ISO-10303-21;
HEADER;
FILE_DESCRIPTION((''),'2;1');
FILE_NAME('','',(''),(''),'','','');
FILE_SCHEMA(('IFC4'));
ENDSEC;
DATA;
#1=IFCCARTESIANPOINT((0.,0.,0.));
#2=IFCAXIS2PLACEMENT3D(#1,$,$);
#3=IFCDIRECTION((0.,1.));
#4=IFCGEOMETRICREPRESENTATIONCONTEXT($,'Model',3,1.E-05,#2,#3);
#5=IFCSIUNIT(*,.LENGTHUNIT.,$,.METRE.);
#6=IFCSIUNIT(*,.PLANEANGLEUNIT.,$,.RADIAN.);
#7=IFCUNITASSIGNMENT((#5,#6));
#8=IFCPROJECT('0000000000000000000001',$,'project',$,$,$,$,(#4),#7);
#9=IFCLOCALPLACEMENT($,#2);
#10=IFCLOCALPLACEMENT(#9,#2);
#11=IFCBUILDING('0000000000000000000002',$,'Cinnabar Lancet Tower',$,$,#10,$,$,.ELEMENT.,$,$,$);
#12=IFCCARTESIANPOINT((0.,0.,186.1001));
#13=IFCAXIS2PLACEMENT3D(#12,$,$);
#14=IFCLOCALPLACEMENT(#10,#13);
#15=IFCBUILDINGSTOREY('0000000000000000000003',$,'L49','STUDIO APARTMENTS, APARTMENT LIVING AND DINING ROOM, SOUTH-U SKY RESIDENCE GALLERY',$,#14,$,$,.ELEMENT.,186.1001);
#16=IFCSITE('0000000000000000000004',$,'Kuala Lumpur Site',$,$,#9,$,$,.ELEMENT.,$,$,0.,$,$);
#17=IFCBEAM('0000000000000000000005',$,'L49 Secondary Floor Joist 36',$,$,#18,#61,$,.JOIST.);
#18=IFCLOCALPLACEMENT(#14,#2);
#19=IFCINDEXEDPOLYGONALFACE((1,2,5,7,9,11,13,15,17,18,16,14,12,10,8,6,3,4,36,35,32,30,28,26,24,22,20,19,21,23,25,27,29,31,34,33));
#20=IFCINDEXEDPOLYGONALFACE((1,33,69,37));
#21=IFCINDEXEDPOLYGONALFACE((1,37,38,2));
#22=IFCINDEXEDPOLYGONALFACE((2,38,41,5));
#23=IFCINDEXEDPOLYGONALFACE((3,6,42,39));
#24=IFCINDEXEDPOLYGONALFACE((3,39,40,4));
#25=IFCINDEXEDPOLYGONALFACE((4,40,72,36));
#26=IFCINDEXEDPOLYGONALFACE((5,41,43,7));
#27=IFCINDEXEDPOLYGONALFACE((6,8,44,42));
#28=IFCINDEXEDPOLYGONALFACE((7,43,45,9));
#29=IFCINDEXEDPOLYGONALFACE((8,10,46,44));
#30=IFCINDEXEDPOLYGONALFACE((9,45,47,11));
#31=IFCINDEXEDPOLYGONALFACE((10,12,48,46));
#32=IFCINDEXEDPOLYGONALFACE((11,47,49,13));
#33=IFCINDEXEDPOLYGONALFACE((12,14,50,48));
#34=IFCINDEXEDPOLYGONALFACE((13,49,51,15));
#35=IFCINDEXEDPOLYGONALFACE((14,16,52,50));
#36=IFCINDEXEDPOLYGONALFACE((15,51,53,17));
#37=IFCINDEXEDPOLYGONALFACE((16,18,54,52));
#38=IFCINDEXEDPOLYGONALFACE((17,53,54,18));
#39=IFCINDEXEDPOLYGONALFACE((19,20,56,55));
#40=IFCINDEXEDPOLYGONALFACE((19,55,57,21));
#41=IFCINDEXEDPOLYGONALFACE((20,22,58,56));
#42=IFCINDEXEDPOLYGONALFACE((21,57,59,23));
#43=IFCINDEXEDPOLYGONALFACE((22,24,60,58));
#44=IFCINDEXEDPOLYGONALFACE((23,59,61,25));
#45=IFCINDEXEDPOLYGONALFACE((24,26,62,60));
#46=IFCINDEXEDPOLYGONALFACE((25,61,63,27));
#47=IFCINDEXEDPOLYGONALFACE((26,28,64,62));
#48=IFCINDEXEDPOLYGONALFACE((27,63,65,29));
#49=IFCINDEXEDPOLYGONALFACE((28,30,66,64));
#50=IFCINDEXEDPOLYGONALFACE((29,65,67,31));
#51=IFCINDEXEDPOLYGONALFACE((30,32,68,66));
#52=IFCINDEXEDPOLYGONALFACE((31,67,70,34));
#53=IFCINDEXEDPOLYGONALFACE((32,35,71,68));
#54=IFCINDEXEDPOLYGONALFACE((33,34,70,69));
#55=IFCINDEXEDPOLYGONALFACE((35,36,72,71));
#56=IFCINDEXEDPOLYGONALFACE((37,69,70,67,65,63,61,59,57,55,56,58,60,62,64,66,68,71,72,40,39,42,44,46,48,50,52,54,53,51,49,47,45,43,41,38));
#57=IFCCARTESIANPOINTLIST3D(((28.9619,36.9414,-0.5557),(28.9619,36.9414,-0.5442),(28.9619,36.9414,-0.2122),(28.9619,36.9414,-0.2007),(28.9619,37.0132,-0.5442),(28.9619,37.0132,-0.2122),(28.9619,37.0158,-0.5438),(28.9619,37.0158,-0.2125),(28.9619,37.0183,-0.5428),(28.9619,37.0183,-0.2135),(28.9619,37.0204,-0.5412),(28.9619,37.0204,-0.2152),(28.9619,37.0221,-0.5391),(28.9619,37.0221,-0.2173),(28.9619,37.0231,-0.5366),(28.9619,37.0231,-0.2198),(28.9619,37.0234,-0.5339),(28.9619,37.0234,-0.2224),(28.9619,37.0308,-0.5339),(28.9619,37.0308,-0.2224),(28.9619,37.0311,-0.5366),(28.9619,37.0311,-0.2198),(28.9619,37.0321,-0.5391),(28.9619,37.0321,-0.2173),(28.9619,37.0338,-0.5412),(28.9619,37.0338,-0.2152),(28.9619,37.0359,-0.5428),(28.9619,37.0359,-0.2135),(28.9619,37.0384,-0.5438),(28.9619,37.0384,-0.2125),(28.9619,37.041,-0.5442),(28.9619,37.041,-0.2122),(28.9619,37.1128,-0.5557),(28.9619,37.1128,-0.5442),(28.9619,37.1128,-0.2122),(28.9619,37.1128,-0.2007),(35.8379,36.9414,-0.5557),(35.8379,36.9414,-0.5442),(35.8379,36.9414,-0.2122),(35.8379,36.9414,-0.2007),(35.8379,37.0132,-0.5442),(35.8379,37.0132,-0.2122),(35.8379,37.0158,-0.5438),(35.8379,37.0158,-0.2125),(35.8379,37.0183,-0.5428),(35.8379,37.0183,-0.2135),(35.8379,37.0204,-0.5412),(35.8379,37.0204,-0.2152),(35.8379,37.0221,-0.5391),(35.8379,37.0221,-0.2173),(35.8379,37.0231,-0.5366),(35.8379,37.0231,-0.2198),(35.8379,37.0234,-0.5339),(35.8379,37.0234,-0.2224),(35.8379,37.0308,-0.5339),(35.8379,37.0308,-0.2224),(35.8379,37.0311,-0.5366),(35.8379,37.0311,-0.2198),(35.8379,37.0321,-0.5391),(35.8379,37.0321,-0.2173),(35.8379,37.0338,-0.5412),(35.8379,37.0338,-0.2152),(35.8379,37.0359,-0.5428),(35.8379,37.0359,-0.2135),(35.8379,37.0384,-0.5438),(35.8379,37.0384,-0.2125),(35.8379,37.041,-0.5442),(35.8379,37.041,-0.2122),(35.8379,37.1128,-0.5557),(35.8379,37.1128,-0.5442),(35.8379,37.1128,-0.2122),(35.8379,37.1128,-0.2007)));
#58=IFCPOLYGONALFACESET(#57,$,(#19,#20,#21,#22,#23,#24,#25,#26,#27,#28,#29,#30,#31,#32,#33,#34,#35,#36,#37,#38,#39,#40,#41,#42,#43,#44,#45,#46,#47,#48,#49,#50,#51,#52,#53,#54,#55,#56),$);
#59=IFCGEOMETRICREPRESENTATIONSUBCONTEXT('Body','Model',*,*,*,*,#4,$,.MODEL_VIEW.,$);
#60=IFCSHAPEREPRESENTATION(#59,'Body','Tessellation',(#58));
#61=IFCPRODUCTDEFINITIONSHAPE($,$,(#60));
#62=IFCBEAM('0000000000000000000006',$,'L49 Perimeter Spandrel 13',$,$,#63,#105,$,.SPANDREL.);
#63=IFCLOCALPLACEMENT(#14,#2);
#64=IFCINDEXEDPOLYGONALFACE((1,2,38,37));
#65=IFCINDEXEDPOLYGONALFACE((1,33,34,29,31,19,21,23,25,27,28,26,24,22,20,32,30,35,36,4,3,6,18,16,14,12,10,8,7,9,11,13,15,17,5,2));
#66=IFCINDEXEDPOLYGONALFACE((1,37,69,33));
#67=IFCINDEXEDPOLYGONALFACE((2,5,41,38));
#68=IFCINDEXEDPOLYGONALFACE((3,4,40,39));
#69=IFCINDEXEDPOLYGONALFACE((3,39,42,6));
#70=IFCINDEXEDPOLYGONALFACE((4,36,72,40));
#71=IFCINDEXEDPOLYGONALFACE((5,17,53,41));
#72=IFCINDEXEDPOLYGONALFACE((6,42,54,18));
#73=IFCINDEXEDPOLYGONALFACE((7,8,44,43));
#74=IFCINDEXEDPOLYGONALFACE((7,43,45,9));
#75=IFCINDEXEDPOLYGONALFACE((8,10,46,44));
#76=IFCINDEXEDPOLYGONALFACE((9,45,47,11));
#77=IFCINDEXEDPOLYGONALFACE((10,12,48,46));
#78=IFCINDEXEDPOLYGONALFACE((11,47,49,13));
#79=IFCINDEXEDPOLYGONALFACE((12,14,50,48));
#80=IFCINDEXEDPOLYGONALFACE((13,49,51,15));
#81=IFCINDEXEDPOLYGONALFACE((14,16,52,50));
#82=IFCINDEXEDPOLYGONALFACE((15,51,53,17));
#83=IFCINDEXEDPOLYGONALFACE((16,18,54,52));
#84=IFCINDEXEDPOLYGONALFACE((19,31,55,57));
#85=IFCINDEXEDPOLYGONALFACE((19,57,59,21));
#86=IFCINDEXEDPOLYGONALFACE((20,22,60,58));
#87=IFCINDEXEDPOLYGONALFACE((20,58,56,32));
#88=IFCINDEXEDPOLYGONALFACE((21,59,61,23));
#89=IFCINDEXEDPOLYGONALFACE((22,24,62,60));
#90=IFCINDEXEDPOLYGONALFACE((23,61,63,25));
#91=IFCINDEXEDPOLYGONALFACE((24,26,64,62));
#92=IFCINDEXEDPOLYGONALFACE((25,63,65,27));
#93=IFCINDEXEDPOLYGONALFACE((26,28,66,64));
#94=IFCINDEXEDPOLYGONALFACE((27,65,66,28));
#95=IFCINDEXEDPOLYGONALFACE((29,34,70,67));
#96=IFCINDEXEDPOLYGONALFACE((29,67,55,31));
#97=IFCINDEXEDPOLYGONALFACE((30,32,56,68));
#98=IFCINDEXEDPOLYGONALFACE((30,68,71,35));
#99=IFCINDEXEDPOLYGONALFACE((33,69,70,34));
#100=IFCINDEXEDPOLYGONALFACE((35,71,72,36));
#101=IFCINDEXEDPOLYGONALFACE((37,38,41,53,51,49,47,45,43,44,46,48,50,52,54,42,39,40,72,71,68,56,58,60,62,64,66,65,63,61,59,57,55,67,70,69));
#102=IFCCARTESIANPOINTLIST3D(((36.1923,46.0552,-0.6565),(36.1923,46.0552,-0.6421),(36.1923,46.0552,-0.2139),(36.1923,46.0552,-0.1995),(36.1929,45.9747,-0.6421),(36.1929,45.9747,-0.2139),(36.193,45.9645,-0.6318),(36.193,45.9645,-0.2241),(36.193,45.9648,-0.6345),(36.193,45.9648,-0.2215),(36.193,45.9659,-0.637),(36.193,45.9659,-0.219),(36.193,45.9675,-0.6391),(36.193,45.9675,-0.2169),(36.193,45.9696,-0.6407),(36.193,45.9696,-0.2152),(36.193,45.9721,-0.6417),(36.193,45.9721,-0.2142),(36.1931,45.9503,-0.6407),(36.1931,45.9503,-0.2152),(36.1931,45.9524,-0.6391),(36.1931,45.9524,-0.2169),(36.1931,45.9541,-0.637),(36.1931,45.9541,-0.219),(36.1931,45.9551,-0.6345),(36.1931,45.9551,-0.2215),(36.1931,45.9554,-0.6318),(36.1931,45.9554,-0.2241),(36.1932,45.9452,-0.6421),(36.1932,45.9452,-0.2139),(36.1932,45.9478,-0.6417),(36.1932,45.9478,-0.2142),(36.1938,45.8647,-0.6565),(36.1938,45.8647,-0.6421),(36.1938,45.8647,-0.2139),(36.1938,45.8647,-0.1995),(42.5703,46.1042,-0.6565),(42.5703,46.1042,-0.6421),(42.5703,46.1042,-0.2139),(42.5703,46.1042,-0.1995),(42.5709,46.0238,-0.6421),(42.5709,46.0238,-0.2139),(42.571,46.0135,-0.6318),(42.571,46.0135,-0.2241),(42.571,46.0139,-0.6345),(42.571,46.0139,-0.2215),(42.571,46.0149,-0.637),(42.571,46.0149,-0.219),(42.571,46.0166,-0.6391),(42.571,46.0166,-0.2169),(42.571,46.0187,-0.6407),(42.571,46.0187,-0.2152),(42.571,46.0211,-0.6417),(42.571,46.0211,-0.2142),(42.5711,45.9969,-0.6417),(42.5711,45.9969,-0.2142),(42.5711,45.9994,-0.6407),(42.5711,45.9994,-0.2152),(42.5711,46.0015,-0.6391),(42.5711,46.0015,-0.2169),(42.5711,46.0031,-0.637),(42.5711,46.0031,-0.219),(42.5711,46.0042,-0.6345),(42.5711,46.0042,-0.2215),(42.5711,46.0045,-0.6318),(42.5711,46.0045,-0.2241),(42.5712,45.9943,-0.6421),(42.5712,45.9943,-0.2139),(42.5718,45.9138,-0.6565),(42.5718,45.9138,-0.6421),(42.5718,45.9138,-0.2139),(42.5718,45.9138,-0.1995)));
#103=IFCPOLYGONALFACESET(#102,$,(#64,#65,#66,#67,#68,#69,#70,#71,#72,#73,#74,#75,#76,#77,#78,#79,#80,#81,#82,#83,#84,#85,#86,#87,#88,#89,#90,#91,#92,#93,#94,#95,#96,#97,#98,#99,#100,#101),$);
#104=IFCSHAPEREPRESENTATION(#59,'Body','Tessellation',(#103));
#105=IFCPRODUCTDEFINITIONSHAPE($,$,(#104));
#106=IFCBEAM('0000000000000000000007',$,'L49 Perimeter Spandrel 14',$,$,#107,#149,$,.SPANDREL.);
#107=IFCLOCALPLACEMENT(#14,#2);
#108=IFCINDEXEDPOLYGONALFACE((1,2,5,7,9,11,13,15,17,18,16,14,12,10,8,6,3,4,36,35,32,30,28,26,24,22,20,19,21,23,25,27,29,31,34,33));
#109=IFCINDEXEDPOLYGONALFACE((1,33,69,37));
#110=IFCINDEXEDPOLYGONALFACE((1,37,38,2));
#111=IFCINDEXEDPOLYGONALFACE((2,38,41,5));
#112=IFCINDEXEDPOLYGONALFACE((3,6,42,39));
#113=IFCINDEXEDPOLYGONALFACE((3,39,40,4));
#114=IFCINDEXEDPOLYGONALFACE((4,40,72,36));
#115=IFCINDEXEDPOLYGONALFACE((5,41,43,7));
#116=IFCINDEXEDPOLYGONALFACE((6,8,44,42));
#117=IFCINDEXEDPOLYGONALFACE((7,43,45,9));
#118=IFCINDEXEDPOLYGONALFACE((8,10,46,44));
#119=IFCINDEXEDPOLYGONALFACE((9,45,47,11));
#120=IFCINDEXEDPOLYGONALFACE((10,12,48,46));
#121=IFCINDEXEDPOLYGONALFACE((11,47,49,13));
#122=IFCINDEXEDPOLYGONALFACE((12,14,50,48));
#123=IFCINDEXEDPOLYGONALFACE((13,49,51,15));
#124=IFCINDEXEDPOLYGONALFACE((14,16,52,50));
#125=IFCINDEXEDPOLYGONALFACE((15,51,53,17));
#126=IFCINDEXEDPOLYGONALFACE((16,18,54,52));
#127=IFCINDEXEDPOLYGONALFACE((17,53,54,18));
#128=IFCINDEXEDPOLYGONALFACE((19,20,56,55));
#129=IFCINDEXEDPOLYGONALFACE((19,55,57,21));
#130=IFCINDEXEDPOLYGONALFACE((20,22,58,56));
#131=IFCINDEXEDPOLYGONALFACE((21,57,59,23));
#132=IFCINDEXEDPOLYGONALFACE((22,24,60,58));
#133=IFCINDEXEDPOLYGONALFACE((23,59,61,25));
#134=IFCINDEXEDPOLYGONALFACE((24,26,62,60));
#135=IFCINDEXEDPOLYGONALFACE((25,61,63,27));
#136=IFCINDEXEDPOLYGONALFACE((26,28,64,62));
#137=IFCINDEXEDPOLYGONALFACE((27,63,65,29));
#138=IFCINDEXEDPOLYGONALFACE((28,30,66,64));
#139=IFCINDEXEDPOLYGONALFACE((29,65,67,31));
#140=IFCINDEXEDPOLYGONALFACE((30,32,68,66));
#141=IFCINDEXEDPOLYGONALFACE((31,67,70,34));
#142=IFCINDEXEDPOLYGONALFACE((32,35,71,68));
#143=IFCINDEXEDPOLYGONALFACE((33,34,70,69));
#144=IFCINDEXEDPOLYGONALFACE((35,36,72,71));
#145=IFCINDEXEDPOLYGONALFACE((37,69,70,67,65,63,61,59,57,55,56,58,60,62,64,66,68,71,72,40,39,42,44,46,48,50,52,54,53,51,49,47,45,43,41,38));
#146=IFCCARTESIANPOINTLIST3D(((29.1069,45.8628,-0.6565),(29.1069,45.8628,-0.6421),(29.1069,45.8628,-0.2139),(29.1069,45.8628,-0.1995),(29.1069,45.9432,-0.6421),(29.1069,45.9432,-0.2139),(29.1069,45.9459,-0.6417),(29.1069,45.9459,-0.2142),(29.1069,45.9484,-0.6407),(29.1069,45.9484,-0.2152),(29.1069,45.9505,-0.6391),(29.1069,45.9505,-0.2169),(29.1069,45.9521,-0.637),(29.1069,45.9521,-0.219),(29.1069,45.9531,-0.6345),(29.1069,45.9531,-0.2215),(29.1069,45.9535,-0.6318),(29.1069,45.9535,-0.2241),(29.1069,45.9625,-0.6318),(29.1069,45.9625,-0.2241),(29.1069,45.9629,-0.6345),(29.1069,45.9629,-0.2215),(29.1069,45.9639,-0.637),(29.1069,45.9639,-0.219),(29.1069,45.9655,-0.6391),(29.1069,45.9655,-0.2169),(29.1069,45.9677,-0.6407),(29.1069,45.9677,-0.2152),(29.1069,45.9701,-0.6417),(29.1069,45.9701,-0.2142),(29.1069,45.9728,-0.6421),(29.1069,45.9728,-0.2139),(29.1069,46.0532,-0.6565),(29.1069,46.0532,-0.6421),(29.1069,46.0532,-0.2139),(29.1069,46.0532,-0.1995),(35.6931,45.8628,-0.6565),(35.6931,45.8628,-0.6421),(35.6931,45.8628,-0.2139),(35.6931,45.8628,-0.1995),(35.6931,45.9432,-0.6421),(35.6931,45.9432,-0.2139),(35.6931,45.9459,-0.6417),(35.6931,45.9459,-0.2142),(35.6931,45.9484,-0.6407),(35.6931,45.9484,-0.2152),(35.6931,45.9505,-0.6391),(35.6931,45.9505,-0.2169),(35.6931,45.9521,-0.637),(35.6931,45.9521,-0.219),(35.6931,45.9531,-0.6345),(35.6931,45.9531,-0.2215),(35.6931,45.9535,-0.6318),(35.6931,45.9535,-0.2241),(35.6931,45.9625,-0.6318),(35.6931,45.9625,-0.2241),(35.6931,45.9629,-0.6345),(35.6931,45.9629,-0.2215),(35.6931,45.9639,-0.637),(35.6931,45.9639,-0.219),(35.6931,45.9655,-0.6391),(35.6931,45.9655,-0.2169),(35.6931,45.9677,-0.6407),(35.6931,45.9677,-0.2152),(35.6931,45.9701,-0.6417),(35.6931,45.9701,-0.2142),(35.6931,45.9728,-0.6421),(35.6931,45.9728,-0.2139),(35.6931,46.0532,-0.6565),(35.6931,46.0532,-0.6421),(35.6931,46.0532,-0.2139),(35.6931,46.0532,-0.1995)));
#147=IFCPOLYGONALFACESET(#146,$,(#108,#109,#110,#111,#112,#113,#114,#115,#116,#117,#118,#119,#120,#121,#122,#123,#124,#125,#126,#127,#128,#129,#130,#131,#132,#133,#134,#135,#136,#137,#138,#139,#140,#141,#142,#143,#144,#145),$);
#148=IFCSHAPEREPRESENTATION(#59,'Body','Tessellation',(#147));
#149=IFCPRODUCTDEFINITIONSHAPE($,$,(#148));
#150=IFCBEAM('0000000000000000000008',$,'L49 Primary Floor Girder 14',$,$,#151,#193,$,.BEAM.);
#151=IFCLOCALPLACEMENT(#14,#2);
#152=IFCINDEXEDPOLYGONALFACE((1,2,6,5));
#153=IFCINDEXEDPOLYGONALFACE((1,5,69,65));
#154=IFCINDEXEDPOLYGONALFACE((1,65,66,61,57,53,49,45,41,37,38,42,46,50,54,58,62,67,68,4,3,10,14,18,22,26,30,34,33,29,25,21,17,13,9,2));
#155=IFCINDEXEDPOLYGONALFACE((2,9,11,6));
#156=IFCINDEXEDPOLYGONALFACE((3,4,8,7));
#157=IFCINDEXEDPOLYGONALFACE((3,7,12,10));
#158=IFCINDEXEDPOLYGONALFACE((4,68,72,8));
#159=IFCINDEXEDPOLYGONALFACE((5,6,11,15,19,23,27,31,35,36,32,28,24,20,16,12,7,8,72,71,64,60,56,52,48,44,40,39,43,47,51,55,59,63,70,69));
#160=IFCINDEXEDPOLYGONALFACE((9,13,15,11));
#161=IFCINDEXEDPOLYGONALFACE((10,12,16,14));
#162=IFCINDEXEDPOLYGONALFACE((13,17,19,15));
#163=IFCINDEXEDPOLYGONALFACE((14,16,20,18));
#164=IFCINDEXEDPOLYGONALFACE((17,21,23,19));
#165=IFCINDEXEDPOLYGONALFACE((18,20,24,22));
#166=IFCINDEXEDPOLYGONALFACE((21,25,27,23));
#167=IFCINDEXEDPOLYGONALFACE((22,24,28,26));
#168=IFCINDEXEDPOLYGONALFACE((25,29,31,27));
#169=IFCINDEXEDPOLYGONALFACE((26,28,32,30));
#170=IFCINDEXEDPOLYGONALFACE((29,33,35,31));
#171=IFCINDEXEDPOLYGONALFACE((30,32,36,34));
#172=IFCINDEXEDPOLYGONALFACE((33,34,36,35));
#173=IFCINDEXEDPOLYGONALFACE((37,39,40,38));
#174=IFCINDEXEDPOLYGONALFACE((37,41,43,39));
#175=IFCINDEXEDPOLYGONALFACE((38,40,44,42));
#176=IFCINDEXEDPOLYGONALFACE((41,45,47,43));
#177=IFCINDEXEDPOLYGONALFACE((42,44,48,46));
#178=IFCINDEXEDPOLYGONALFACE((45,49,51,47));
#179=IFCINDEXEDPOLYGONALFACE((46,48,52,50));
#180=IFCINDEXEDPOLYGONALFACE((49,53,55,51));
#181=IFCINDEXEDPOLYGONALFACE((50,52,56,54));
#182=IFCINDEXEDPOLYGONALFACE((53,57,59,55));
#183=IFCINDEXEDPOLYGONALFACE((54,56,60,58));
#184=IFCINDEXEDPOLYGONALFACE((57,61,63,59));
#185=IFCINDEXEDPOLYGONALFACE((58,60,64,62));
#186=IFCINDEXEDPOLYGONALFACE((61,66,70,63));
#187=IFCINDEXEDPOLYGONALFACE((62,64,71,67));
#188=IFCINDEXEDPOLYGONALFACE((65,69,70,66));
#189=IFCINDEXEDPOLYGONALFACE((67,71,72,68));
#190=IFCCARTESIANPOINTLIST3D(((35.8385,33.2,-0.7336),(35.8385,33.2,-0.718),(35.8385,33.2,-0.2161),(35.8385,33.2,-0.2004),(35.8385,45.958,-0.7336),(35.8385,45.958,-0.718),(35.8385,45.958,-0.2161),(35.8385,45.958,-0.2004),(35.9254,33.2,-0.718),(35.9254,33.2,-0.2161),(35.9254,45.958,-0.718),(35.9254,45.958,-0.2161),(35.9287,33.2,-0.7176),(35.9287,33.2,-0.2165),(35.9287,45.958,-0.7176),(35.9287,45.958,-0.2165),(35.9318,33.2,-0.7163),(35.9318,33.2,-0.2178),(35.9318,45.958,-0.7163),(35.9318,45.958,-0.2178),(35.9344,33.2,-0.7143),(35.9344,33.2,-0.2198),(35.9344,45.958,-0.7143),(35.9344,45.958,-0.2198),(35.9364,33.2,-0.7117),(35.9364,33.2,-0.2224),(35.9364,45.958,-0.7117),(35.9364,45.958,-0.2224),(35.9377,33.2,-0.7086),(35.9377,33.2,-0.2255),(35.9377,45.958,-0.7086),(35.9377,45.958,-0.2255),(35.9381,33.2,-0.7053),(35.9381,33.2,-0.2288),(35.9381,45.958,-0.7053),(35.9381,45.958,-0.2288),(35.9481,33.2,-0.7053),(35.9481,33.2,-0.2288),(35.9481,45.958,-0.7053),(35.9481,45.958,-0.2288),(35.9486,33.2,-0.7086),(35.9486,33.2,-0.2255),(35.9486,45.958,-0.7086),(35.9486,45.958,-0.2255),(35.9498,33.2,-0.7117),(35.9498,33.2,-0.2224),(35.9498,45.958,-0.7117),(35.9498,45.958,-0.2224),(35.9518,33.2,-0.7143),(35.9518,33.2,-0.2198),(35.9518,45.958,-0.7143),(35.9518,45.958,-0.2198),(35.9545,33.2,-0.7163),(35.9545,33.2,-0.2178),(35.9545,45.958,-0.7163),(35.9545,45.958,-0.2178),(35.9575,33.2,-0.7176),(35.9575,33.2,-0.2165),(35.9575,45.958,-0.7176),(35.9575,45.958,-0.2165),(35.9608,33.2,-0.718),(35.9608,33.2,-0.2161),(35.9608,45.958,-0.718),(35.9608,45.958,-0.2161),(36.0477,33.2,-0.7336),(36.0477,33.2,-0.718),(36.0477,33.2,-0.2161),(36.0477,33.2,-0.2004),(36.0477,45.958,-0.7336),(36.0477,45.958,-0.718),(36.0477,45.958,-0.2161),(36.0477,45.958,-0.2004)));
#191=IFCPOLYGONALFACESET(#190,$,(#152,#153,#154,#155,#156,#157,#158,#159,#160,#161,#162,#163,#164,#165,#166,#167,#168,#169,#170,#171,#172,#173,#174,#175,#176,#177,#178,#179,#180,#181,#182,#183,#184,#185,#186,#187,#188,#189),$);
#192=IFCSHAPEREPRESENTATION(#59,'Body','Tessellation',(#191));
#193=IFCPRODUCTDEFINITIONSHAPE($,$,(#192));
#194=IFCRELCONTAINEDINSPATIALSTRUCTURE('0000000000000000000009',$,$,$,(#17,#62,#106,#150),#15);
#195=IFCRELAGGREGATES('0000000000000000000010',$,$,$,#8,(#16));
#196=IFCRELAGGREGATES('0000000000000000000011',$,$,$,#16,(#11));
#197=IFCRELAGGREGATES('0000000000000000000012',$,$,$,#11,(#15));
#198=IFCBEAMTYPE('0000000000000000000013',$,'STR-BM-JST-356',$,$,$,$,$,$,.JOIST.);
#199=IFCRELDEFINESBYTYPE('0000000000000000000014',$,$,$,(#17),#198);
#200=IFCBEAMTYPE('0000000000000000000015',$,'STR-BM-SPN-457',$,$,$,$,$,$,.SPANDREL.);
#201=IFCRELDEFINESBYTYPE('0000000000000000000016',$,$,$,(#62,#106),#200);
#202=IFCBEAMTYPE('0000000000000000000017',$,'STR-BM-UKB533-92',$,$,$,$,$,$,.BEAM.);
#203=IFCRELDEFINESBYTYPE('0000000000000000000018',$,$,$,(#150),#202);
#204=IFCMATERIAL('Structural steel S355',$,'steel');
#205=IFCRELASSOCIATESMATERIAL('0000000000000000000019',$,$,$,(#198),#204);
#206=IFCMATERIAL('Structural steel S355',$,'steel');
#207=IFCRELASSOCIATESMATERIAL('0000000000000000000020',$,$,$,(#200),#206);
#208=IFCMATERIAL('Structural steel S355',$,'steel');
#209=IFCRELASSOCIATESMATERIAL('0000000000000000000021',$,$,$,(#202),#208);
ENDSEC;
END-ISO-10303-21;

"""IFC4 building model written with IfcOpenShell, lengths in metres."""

from ifc_helpers import new_model, si_unit, direction, frame, origin, origin_2d, place, context, subcontext, project, spatial, i_section, extrude, material, material_profile, profile_set, type_object, element, save


model = new_model("IFC4")

# Units and contexts
model_context = context("Model", 3, precision=1e-05, world=origin(), true_north=direction((0.0, 1.0)))
body_context = subcontext(model_context, "Body", "Model", "MODEL_VIEW")
ifc_project = project(units=[si_unit("LENGTHUNIT", "METRE"), si_unit("PLANEANGLEUNIT", "RADIAN")], contexts=[model_context])

# Site, building, storey
site_placement = place(None, origin())
site = spatial("IfcSite", under=ifc_project, at=site_placement, Name="Kuala Lumpur Site", CompositionType="ELEMENT", RefElevation=0.0)
building_placement = place(site_placement, origin())
building = spatial("IfcBuilding", under=site, at=building_placement, Name="Cinnabar Lancet Tower", CompositionType="ELEMENT")
storey_placement = place(building_placement, frame((0.0, 0.0, 186.1001)))
storey = spatial("IfcBuildingStorey", under=building, at=storey_placement, Name="L49", Description="STUDIO APARTMENTS, APARTMENT LIVING AND DINING ROOM, SOUTH-U SKY RESIDENCE GALLERY", CompositionType="ELEMENT", Elevation=186.1001)

# Beams
ifc_material_1 = material(Name="Structural steel S355", Category="steel")
ifc_material_profile_1 = material_profile(ifc_material_1, i_section(OverallWidth=0.1714, OverallDepth=0.355, WebThickness=0.0073, FlangeThickness=0.0115, FilletRadius=0.0103, at=origin_2d()), Name="UKB 356x171x51")
ifc_profile_set_1 = profile_set([ifc_material_profile_1], Name="Structural steel S355")
beam_type_1 = type_object("IfcBeamType", Name="STR-BM-JST-356", PredefinedType="JOIST", material=ifc_profile_set_1)
for number, where, z_axis, x_axis, name in (
    (1, (35.8379, 37.0271, -0.3782), (-1.0, 0.0, 0.0), (0.0, -1.0, 0.0), "L49 Secondary Floor Joist 36"),
):
    element("IfcBeam", number, at=place(storey_placement, frame(where, z_axis=z_axis, x_axis=x_axis)), inside=storey, type_object=beam_type_1, Name=name, PredefinedType="JOIST", context=body_context, shape_type="SweptSolid", body=[
        extrude(i_section(OverallWidth=0.1714, OverallDepth=0.355, WebThickness=0.0073, FlangeThickness=0.0115, FilletRadius=0.0103, at=origin_2d()), origin(), (0.0, 0.0, 1.0), 6.876),
    ])
ifc_material_2 = material(Name="Structural steel S355", Category="steel")
ifc_material_profile_2 = material_profile(ifc_material_2, i_section(OverallWidth=0.1904, OverallDepth=0.457, WebThickness=0.009, FlangeThickness=0.0144, FilletRadius=0.0103, at=origin_2d()), Name="UKB 457x191x74")
ifc_profile_set_2 = profile_set([ifc_material_profile_2], Name="Structural steel S355")
beam_type_2 = type_object("IfcBeamType", Name="STR-BM-SPN-457", PredefinedType="SPANDREL", material=ifc_profile_set_2)
beam_1_placement = place(storey_placement, frame((42.571, 46.009, -0.428), z_axis=(-0.99997, -0.007694, 0.0), x_axis=(0.007694, -0.99997, 0.0)))
element("IfcBeam", 2, at=beam_1_placement, inside=storey, type_object=beam_type_2, Name="L49 Perimeter Spandrel 13", PredefinedType="SPANDREL", context=body_context, shape_type="SweptSolid", body=[
    extrude(i_section(OverallWidth=0.1904, OverallDepth=0.457, WebThickness=0.009, FlangeThickness=0.0144, FilletRadius=0.0103, at=origin_2d()), origin(), (0.0, 0.0, 1.0), 6.3782),
])
beam_2_placement = place(storey_placement, frame((35.6931, 45.958, -0.428), z_axis=(-1.0, 0.0, 0.0), x_axis=(0.0, -1.0, 0.0)))
element("IfcBeam", 3, at=beam_2_placement, inside=storey, type_object=beam_type_2, Name="L49 Perimeter Spandrel 14", PredefinedType="SPANDREL", context=body_context, shape_type="SweptSolid", body=[
    extrude(i_section(OverallWidth=0.1904, OverallDepth=0.457, WebThickness=0.009, FlangeThickness=0.0144, FilletRadius=0.0103, at=origin_2d()), origin(), (0.0, 0.0, 1.0), 6.5862),
])
ifc_material_3 = material(Name="Structural steel S355", Category="steel")
ifc_material_profile_3 = material_profile(ifc_material_3, i_section(OverallWidth=0.2092, OverallDepth=0.5332, WebThickness=0.01, FlangeThickness=0.0156, FilletRadius=0.0127, at=origin_2d()), Name="UKB 533x210x92")
ifc_profile_set_3 = profile_set([ifc_material_profile_3], Name="Structural steel S355")
beam_type_3 = type_object("IfcBeamType", Name="STR-BM-UKB533-92", PredefinedType="BEAM", material=ifc_profile_set_3)
beam_3_placement = place(storey_placement, frame((35.9431, 45.958, -0.467), z_axis=(0.0, -1.0, 0.0), x_axis=(1.0, 0.0, 0.0)))
element("IfcBeam", 4, at=beam_3_placement, inside=storey, type_object=beam_type_3, Name="L49 Primary Floor Girder 14", PredefinedType="BEAM", context=body_context, shape_type="SweptSolid", body=[
    extrude(i_section(OverallWidth=0.2092, OverallDepth=0.5332, WebThickness=0.01, FlangeThickness=0.0156, FilletRadius=0.0127, at=origin_2d()), origin(), (0.0, 0.0, 1.0), 12.7581),
])

save(model, "model.ifc")
